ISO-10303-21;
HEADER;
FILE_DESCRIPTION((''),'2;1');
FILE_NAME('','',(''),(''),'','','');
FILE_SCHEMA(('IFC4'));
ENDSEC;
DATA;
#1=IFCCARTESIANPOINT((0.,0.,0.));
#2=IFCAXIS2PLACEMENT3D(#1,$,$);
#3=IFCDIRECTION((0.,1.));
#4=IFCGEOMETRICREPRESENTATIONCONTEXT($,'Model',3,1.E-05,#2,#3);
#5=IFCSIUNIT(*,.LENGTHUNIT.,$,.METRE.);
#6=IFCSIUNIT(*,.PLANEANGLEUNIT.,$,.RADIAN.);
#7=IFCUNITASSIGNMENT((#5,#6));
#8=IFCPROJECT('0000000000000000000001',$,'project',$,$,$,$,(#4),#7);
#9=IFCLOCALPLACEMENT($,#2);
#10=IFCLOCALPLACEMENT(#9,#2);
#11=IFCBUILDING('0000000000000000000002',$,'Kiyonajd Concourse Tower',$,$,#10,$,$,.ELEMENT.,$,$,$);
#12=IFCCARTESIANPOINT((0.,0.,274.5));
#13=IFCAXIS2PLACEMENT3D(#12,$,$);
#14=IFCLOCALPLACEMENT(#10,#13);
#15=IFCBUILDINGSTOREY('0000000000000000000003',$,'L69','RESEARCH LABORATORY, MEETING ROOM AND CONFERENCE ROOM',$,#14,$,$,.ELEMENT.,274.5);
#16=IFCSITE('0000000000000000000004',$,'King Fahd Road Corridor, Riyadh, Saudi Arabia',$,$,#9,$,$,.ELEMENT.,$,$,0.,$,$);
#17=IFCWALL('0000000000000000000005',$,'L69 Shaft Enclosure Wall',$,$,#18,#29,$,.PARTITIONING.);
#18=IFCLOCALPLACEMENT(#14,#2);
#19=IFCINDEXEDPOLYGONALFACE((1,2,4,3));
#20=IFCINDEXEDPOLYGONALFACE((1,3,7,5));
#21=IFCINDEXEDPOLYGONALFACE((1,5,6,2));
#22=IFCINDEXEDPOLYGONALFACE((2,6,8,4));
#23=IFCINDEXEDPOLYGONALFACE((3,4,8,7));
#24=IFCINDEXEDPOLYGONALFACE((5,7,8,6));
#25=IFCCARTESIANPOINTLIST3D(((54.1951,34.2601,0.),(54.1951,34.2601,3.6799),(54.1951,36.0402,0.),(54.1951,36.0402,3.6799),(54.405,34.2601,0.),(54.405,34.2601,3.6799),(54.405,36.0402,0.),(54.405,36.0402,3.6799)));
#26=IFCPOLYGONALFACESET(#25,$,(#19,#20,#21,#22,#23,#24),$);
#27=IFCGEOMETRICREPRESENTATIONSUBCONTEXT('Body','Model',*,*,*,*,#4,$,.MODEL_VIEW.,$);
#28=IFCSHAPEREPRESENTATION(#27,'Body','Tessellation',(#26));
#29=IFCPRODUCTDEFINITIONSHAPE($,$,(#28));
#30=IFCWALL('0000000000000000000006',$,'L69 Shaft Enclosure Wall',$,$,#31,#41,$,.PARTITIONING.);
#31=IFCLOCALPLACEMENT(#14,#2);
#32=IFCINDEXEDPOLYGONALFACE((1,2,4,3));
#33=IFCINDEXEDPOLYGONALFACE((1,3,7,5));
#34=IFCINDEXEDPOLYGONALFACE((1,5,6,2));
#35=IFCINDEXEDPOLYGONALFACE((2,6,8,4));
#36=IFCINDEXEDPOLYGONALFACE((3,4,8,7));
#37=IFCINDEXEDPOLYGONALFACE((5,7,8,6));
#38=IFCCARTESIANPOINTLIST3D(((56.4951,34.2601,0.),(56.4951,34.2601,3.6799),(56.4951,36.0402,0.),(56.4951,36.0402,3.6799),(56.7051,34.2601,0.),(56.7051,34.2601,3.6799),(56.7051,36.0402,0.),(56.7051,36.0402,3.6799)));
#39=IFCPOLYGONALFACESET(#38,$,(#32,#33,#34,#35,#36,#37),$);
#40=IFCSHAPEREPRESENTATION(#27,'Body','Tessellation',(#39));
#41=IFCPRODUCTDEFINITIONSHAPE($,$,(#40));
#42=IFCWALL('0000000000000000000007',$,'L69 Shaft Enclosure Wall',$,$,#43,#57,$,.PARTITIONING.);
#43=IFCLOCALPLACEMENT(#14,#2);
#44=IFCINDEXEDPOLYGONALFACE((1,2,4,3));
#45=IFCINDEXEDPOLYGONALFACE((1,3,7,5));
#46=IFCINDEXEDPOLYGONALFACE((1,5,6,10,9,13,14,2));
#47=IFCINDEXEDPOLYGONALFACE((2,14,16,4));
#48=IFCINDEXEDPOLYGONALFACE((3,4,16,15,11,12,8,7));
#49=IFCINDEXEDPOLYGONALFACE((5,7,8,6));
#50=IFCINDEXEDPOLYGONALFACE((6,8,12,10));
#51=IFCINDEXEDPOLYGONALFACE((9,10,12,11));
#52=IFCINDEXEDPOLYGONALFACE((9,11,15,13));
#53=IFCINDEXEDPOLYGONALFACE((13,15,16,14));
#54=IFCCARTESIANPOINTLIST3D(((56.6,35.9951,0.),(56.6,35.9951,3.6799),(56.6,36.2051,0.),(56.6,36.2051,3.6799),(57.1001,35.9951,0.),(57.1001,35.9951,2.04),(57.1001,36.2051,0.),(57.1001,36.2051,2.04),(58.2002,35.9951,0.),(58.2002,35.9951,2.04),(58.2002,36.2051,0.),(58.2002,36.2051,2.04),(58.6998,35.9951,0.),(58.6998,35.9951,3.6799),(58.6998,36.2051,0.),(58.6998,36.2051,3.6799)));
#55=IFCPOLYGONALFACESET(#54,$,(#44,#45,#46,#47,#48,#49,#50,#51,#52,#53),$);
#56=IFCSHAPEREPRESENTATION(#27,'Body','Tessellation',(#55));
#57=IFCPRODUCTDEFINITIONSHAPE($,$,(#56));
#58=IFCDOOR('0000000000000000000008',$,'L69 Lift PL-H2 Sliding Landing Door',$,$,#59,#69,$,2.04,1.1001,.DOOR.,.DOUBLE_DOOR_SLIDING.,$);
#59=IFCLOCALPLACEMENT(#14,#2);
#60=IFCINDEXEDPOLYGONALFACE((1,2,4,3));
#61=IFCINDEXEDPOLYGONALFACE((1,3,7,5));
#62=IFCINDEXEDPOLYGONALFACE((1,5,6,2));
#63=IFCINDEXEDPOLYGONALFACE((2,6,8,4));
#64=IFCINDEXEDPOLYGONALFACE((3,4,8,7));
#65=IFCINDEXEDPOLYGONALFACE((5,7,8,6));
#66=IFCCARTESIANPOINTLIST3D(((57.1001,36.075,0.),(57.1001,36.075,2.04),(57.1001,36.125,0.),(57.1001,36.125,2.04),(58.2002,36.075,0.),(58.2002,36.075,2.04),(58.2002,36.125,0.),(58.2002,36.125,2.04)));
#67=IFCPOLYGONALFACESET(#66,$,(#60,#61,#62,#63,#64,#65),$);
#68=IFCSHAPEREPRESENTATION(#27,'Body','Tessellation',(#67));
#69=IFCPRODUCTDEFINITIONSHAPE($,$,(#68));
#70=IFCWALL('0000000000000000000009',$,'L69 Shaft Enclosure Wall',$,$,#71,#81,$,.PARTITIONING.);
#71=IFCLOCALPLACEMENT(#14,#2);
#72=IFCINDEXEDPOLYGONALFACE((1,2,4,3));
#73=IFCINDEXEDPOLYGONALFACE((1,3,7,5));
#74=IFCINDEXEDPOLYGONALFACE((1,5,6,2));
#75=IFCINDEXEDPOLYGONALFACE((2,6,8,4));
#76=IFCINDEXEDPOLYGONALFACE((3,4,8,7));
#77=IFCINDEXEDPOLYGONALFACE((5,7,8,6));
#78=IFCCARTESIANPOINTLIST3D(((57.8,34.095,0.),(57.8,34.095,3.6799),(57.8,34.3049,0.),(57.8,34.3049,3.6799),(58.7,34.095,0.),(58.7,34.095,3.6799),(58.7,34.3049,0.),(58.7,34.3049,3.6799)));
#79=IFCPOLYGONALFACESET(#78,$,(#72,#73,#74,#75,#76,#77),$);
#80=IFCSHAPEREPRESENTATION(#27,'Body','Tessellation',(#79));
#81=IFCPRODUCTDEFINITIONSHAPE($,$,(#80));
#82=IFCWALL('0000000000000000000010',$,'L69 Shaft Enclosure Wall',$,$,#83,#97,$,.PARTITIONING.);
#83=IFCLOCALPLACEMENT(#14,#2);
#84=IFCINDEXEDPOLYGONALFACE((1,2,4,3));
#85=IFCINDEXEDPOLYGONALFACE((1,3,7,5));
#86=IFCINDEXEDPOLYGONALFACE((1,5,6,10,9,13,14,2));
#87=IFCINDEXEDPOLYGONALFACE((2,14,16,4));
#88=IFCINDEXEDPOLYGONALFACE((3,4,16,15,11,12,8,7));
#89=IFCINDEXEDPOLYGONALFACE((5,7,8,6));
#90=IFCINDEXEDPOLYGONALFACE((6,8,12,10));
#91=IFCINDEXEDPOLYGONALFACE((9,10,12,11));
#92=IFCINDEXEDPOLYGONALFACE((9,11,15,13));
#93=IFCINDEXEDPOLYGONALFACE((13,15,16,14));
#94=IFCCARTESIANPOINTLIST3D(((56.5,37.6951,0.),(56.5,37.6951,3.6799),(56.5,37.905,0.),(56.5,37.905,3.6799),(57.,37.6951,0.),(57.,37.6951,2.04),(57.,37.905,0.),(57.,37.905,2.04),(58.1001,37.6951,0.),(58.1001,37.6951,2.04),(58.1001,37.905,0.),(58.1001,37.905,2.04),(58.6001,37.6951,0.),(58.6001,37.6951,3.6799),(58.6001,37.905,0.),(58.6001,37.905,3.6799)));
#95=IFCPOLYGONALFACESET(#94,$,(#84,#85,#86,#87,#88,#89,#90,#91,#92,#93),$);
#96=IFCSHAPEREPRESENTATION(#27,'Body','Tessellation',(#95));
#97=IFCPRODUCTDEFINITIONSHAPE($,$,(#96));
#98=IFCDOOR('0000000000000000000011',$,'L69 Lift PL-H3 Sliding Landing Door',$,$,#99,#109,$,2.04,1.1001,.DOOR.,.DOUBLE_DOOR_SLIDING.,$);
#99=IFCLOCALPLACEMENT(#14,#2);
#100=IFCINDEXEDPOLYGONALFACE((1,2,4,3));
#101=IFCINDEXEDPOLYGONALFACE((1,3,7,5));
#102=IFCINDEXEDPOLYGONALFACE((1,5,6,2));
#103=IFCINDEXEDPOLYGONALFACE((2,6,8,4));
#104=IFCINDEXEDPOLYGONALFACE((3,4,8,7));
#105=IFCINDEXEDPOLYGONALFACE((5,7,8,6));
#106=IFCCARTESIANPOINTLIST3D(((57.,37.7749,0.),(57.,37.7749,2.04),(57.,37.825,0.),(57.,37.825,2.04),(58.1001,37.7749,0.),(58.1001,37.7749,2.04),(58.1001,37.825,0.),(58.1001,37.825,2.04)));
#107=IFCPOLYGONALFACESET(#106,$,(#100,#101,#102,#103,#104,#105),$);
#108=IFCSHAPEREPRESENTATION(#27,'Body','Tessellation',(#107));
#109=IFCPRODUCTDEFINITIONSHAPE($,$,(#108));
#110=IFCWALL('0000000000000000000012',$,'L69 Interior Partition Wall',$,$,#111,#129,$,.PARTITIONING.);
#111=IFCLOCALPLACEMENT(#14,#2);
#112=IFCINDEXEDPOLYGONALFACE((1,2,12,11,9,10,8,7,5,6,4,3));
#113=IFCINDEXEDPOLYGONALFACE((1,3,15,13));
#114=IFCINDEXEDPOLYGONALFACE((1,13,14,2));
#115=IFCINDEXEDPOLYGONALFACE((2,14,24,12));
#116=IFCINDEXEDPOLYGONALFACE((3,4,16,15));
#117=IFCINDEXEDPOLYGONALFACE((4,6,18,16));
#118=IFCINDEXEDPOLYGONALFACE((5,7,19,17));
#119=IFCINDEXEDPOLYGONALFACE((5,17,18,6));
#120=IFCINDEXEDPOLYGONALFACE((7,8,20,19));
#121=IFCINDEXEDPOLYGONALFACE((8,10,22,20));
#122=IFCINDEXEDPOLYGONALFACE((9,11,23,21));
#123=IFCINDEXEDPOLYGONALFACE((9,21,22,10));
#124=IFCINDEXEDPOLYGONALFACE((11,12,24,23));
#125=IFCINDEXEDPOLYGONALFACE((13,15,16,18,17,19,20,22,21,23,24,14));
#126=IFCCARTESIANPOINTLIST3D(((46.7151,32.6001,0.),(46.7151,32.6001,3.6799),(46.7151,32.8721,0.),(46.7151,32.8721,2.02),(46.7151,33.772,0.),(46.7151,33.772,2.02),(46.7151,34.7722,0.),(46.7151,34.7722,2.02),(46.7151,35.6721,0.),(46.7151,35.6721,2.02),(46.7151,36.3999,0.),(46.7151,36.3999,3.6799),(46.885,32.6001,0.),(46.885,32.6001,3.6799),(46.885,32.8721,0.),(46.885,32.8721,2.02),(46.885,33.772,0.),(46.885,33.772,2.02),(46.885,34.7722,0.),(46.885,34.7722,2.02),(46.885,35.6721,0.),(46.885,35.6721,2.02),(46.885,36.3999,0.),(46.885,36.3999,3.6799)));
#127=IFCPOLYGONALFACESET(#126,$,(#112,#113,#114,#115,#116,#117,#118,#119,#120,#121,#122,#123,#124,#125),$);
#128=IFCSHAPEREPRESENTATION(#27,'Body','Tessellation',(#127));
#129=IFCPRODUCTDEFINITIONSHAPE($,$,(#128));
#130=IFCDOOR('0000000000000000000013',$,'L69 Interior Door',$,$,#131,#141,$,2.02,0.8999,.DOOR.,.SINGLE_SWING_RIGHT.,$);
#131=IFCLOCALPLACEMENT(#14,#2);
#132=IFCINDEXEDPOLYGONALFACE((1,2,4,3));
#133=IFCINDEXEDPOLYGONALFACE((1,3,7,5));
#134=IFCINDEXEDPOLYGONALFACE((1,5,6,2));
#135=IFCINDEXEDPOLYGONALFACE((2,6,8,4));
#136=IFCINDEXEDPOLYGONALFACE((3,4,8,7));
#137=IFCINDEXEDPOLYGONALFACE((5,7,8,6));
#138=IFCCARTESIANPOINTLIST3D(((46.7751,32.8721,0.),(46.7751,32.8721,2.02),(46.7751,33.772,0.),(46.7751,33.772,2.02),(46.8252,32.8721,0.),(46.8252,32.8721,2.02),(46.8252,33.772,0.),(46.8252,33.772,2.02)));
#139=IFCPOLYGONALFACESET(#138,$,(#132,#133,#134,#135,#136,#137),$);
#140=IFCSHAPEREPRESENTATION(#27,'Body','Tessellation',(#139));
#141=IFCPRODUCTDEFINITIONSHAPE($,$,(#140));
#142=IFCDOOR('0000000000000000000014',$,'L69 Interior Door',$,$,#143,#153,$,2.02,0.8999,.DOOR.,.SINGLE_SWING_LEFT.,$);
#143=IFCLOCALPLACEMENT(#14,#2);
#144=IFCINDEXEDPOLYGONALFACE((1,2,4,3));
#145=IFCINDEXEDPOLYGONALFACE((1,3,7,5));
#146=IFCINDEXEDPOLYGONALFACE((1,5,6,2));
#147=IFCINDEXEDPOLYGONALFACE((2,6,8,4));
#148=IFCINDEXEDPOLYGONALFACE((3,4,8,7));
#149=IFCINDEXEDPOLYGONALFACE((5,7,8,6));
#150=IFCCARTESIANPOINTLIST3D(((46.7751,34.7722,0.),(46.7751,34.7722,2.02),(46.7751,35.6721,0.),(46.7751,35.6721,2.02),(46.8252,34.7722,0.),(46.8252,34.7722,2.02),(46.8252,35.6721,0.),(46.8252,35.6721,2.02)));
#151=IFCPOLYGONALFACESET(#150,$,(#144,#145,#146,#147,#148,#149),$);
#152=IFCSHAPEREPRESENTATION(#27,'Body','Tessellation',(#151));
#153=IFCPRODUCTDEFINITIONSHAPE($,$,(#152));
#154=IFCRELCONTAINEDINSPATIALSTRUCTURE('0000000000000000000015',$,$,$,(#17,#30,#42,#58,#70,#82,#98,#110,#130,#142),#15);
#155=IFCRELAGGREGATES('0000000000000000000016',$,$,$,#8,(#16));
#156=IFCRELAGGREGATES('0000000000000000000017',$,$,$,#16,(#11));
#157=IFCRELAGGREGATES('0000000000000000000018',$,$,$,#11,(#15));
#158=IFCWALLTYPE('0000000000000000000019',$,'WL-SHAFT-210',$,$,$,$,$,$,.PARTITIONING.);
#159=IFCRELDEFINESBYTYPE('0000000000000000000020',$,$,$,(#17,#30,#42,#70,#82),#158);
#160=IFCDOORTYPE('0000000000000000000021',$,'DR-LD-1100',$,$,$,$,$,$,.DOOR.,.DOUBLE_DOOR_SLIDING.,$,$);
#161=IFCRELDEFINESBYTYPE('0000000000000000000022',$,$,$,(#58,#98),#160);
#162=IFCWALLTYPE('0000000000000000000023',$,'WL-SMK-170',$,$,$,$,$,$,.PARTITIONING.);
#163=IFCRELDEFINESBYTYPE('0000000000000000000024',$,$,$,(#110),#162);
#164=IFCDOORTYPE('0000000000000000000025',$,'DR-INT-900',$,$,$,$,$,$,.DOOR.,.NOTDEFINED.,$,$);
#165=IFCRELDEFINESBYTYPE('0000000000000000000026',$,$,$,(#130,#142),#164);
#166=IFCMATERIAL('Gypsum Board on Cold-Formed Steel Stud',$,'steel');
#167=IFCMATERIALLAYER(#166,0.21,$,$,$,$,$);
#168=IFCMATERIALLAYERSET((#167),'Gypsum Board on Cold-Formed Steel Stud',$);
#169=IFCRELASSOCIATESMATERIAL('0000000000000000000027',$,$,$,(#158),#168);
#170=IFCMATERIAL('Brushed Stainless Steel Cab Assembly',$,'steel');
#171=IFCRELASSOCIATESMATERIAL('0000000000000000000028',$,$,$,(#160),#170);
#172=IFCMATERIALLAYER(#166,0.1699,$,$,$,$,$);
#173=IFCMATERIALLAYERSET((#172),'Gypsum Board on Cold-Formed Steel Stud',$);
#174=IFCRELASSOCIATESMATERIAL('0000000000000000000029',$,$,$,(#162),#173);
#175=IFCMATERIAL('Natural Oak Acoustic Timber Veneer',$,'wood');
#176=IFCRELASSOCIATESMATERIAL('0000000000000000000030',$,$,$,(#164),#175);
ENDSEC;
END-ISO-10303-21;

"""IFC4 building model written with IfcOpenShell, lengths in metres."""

from ifc_helpers import new_model, si_unit, direction, frame, frame_2d, origin, place, context, subcontext, project, spatial, rectangle, extrude, material, layer, layer_set, type_object, element, fill, save


model = new_model("IFC4")

# Units and contexts
model_context = context("Model", 3, precision=1e-05, world=origin(), true_north=direction((0.0, 1.0)))
body_context = subcontext(model_context, "Body", "Model", "MODEL_VIEW")
ifc_project = project(units=[si_unit("LENGTHUNIT", "METRE"), si_unit("PLANEANGLEUNIT", "RADIAN")], contexts=[model_context])

# Site, building, storey
site_placement = place(None, origin())
site = spatial("IfcSite", under=ifc_project, at=site_placement, Name="King Fahd Road Corridor, Riyadh, Saudi Arabia", CompositionType="ELEMENT", RefElevation=0.0)
building_placement = place(site_placement, origin())
building = spatial("IfcBuilding", under=site, at=building_placement, Name="Kiyonajd Concourse Tower", CompositionType="ELEMENT")
storey_placement = place(building_placement, frame((0.0, 0.0, 274.5)))
storey = spatial("IfcBuildingStorey", under=building, at=storey_placement, Name="L69", Description="RESEARCH LABORATORY, MEETING ROOM AND CONFERENCE ROOM", CompositionType="ELEMENT", Elevation=274.5)

# Shared definitions
ifc_material_1 = material(Name="Gypsum Board on Cold-Formed Steel Stud", Category="steel")

# Shared definitions
ifc_layer_1 = layer(ifc_material_1, 0.21)
ifc_layer_set_1 = layer_set([ifc_layer_1], Name="Gypsum Board on Cold-Formed Steel Stud")
wall_type_1 = type_object("IfcWallType", Name="WL-SHAFT-210", PredefinedType="PARTITIONING", material=ifc_layer_set_1)
ifc_material_2 = material(Name="Brushed Stainless Steel Cab Assembly", Category="steel")

# Shared definitions
door_type_1 = type_object("IfcDoorType", Name="DR-LD-1100", OperationType="DOUBLE_DOOR_SLIDING", PredefinedType="DOOR", material=ifc_material_2)

# Walls
for number, where, z_axis, x_axis, name in (
    (1, (54.3, 34.26, 0.0), (0.0, 0.0, 1.0), (0.0, 1.0, 0.0), "L69 Shaft Enclosure Wall"),
    (2, (56.6001, 34.26, 0.0), (0.0, 0.0, 1.0), (0.0, 1.0, 0.0), "L69 Shaft Enclosure Wall"),
):
    element("IfcWall", number, at=place(storey_placement, frame(where, z_axis=z_axis, x_axis=x_axis)), inside=storey, type_object=wall_type_1, Name=name, PredefinedType="PARTITIONING", context=body_context, shape_type="SweptSolid", body=[
        extrude(rectangle(XDim=1.78, YDim=0.21, at=frame_2d((0.8901, 0.0))), origin(), (0.0, 0.0, 1.0), 3.6799),
    ])

# Wall, opening, door
wall_1_placement = place(storey_placement, frame((56.6001, 36.1001, 0.0), z_axis=(0.0, 0.0, 1.0), x_axis=(1.0, 0.0, 0.0)))
wall_1 = element("IfcWall", 3, at=wall_1_placement, inside=storey, type_object=wall_type_1, Name="L69 Shaft Enclosure Wall", PredefinedType="PARTITIONING", context=body_context, shape_type="SweptSolid", body=[
    extrude(rectangle(XDim=2.0999, YDim=0.21, at=frame_2d((1.0498, 0.0))), origin(), (0.0, 0.0, 1.0), 3.6799),
])
opening_1_placement = place(wall_1_placement, frame((0.5, 0.0, 0.0)))
opening_1 = element("IfcOpeningElement", 4, at=opening_1_placement, cuts=wall_1, PredefinedType="OPENING", context=body_context, shape_type="SweptSolid", body=[
    extrude(rectangle(XDim=1.1001, YDim=2.04, at=frame_2d((0.55, 1.02))), frame((0.0, 0.115, 0.0), z_axis=(0.0, -1.0, 0.0), x_axis=(1.0, 0.0, 0.0)), (0.0, 0.0, 1.0), 0.23),
])
door_1_placement = place(opening_1_placement, origin())
door_1 = element("IfcDoor", 5, at=door_1_placement, inside=storey, type_object=door_type_1, Name="L69 Lift PL-H2 Sliding Landing Door", OperationType="DOUBLE_DOOR_SLIDING", OverallHeight=2.04, OverallWidth=1.1001, PredefinedType="DOOR", context=body_context, shape_type="SweptSolid", body=[
    extrude(rectangle(XDim=1.1001, YDim=2.04, at=frame_2d((0.55, 1.02))), frame((0.0, 0.0249, 0.0), z_axis=(0.0, -1.0, 0.0), x_axis=(1.0, 0.0, 0.0)), (0.0, 0.0, 1.0), 0.05),
])
fill(opening_1, door_1)

# Wall
wall_2_placement = place(storey_placement, frame((57.8, 34.2, 0.0), z_axis=(0.0, 0.0, 1.0), x_axis=(1.0, 0.0, 0.0)))
element("IfcWall", 6, at=wall_2_placement, inside=storey, type_object=wall_type_1, Name="L69 Shaft Enclosure Wall", PredefinedType="PARTITIONING", context=body_context, shape_type="SweptSolid", body=[
    extrude(rectangle(XDim=0.8999, YDim=0.21, at=frame_2d((0.45, 0.0))), origin(), (0.0, 0.0, 1.0), 3.6799),
])

# Wall, opening, door
wall_3_placement = place(storey_placement, frame((56.5, 37.8, 0.0), z_axis=(0.0, 0.0, 1.0), x_axis=(1.0, 0.0, 0.0)))
wall_3 = element("IfcWall", 7, at=wall_3_placement, inside=storey, type_object=wall_type_1, Name="L69 Shaft Enclosure Wall", PredefinedType="PARTITIONING", context=body_context, shape_type="SweptSolid", body=[
    extrude(rectangle(XDim=2.1001, YDim=0.21, at=frame_2d((1.05, 0.0))), origin(), (0.0, 0.0, 1.0), 3.6799),
])
opening_2_placement = place(wall_3_placement, frame((0.5, 0.0, 0.0)))
opening_2 = element("IfcOpeningElement", 8, at=opening_2_placement, cuts=wall_3, PredefinedType="OPENING", context=body_context, shape_type="SweptSolid", body=[
    extrude(rectangle(XDim=1.1001, YDim=2.04, at=frame_2d((0.55, 1.02))), frame((0.0, 0.115, 0.0), z_axis=(0.0, -1.0, 0.0), x_axis=(1.0, 0.0, 0.0)), (0.0, 0.0, 1.0), 0.23),
])
door_2_placement = place(opening_2_placement, origin())
door_2 = element("IfcDoor", 9, at=door_2_placement, inside=storey, type_object=door_type_1, Name="L69 Lift PL-H3 Sliding Landing Door", OperationType="DOUBLE_DOOR_SLIDING", OverallHeight=2.04, OverallWidth=1.1001, PredefinedType="DOOR", context=body_context, shape_type="SweptSolid", body=[
    extrude(rectangle(XDim=1.1001, YDim=2.04, at=frame_2d((0.55, 1.02))), frame((0.0, 0.0249, 0.0), z_axis=(0.0, -1.0, 0.0), x_axis=(1.0, 0.0, 0.0)), (0.0, 0.0, 1.0), 0.05),
])
fill(opening_2, door_2)

# Wall, openings, doors
ifc_layer_2 = layer(ifc_material_1, 0.1699)
ifc_layer_set_2 = layer_set([ifc_layer_2], Name="Gypsum Board on Cold-Formed Steel Stud")
wall_type_2 = type_object("IfcWallType", Name="WL-SMK-170", PredefinedType="PARTITIONING", material=ifc_layer_set_2)
wall_4_placement = place(storey_placement, frame((46.8, 32.6001, 0.0), z_axis=(0.0, 0.0, 1.0), x_axis=(0.0, 1.0, 0.0)))
wall_4 = element("IfcWall", 10, at=wall_4_placement, inside=storey, type_object=wall_type_2, Name="L69 Interior Partition Wall", PredefinedType="PARTITIONING", context=body_context, shape_type="SweptSolid", body=[
    extrude(rectangle(XDim=3.7998, YDim=0.1699, at=frame_2d((1.8999, 0.0))), origin(), (0.0, 0.0, 1.0), 3.6799),
])
opening_3_placement = place(wall_4_placement, frame((0.272, 0.0, 0.0)))
opening_3 = element("IfcOpeningElement", 11, at=opening_3_placement, cuts=wall_4, PredefinedType="OPENING", context=body_context, shape_type="SweptSolid", body=[
    extrude(rectangle(XDim=0.8999, YDim=2.02, at=frame_2d((0.45, 1.01))), frame((0.0, 0.095, 0.0), z_axis=(0.0, -1.0, 0.0), x_axis=(1.0, 0.0, 0.0)), (0.0, 0.0, 1.0), 0.1899),
])
opening_4_placement = place(wall_4_placement, frame((2.1721, 0.0, 0.0)))
opening_4 = element("IfcOpeningElement", 12, at=opening_4_placement, cuts=wall_4, PredefinedType="OPENING", context=body_context, shape_type="SweptSolid", body=[
    extrude(rectangle(XDim=0.8999, YDim=2.02, at=frame_2d((0.45, 1.01))), frame((0.0, 0.095, 0.0), z_axis=(0.0, -1.0, 0.0), x_axis=(1.0, 0.0, 0.0)), (0.0, 0.0, 1.0), 0.1899),
])
ifc_material_3 = material(Name="Natural Oak Acoustic Timber Veneer", Category="wood")
door_type_2 = type_object("IfcDoorType", Name="DR-INT-900", OperationType="NOTDEFINED", PredefinedType="DOOR", material=ifc_material_3)
door_3_placement = place(opening_3_placement, origin())
door_3 = element("IfcDoor", 13, at=door_3_placement, inside=storey, type_object=door_type_2, Name="L69 Interior Door", OperationType="SINGLE_SWING_RIGHT", OverallHeight=2.02, OverallWidth=0.8999, PredefinedType="DOOR", context=body_context, shape_type="SweptSolid", body=[
    extrude(rectangle(XDim=0.8999, YDim=2.02, at=frame_2d((0.45, 1.01))), frame((0.0, 0.0249, 0.0), z_axis=(0.0, -1.0, 0.0), x_axis=(1.0, 0.0, 0.0)), (0.0, 0.0, 1.0), 0.05),
])
fill(opening_3, door_3)
door_4_placement = place(opening_4_placement, origin())
door_4 = element("IfcDoor", 14, at=door_4_placement, inside=storey, type_object=door_type_2, Name="L69 Interior Door", OperationType="SINGLE_SWING_LEFT", OverallHeight=2.02, OverallWidth=0.8999, PredefinedType="DOOR", context=body_context, shape_type="SweptSolid", body=[
    extrude(rectangle(XDim=0.8999, YDim=2.02, at=frame_2d((0.45, 1.01))), frame((0.0, 0.0249, 0.0), z_axis=(0.0, -1.0, 0.0), x_axis=(1.0, 0.0, 0.0)), (0.0, 0.0, 1.0), 0.05),
])
fill(opening_4, door_4)

save(model, "model.ifc")
